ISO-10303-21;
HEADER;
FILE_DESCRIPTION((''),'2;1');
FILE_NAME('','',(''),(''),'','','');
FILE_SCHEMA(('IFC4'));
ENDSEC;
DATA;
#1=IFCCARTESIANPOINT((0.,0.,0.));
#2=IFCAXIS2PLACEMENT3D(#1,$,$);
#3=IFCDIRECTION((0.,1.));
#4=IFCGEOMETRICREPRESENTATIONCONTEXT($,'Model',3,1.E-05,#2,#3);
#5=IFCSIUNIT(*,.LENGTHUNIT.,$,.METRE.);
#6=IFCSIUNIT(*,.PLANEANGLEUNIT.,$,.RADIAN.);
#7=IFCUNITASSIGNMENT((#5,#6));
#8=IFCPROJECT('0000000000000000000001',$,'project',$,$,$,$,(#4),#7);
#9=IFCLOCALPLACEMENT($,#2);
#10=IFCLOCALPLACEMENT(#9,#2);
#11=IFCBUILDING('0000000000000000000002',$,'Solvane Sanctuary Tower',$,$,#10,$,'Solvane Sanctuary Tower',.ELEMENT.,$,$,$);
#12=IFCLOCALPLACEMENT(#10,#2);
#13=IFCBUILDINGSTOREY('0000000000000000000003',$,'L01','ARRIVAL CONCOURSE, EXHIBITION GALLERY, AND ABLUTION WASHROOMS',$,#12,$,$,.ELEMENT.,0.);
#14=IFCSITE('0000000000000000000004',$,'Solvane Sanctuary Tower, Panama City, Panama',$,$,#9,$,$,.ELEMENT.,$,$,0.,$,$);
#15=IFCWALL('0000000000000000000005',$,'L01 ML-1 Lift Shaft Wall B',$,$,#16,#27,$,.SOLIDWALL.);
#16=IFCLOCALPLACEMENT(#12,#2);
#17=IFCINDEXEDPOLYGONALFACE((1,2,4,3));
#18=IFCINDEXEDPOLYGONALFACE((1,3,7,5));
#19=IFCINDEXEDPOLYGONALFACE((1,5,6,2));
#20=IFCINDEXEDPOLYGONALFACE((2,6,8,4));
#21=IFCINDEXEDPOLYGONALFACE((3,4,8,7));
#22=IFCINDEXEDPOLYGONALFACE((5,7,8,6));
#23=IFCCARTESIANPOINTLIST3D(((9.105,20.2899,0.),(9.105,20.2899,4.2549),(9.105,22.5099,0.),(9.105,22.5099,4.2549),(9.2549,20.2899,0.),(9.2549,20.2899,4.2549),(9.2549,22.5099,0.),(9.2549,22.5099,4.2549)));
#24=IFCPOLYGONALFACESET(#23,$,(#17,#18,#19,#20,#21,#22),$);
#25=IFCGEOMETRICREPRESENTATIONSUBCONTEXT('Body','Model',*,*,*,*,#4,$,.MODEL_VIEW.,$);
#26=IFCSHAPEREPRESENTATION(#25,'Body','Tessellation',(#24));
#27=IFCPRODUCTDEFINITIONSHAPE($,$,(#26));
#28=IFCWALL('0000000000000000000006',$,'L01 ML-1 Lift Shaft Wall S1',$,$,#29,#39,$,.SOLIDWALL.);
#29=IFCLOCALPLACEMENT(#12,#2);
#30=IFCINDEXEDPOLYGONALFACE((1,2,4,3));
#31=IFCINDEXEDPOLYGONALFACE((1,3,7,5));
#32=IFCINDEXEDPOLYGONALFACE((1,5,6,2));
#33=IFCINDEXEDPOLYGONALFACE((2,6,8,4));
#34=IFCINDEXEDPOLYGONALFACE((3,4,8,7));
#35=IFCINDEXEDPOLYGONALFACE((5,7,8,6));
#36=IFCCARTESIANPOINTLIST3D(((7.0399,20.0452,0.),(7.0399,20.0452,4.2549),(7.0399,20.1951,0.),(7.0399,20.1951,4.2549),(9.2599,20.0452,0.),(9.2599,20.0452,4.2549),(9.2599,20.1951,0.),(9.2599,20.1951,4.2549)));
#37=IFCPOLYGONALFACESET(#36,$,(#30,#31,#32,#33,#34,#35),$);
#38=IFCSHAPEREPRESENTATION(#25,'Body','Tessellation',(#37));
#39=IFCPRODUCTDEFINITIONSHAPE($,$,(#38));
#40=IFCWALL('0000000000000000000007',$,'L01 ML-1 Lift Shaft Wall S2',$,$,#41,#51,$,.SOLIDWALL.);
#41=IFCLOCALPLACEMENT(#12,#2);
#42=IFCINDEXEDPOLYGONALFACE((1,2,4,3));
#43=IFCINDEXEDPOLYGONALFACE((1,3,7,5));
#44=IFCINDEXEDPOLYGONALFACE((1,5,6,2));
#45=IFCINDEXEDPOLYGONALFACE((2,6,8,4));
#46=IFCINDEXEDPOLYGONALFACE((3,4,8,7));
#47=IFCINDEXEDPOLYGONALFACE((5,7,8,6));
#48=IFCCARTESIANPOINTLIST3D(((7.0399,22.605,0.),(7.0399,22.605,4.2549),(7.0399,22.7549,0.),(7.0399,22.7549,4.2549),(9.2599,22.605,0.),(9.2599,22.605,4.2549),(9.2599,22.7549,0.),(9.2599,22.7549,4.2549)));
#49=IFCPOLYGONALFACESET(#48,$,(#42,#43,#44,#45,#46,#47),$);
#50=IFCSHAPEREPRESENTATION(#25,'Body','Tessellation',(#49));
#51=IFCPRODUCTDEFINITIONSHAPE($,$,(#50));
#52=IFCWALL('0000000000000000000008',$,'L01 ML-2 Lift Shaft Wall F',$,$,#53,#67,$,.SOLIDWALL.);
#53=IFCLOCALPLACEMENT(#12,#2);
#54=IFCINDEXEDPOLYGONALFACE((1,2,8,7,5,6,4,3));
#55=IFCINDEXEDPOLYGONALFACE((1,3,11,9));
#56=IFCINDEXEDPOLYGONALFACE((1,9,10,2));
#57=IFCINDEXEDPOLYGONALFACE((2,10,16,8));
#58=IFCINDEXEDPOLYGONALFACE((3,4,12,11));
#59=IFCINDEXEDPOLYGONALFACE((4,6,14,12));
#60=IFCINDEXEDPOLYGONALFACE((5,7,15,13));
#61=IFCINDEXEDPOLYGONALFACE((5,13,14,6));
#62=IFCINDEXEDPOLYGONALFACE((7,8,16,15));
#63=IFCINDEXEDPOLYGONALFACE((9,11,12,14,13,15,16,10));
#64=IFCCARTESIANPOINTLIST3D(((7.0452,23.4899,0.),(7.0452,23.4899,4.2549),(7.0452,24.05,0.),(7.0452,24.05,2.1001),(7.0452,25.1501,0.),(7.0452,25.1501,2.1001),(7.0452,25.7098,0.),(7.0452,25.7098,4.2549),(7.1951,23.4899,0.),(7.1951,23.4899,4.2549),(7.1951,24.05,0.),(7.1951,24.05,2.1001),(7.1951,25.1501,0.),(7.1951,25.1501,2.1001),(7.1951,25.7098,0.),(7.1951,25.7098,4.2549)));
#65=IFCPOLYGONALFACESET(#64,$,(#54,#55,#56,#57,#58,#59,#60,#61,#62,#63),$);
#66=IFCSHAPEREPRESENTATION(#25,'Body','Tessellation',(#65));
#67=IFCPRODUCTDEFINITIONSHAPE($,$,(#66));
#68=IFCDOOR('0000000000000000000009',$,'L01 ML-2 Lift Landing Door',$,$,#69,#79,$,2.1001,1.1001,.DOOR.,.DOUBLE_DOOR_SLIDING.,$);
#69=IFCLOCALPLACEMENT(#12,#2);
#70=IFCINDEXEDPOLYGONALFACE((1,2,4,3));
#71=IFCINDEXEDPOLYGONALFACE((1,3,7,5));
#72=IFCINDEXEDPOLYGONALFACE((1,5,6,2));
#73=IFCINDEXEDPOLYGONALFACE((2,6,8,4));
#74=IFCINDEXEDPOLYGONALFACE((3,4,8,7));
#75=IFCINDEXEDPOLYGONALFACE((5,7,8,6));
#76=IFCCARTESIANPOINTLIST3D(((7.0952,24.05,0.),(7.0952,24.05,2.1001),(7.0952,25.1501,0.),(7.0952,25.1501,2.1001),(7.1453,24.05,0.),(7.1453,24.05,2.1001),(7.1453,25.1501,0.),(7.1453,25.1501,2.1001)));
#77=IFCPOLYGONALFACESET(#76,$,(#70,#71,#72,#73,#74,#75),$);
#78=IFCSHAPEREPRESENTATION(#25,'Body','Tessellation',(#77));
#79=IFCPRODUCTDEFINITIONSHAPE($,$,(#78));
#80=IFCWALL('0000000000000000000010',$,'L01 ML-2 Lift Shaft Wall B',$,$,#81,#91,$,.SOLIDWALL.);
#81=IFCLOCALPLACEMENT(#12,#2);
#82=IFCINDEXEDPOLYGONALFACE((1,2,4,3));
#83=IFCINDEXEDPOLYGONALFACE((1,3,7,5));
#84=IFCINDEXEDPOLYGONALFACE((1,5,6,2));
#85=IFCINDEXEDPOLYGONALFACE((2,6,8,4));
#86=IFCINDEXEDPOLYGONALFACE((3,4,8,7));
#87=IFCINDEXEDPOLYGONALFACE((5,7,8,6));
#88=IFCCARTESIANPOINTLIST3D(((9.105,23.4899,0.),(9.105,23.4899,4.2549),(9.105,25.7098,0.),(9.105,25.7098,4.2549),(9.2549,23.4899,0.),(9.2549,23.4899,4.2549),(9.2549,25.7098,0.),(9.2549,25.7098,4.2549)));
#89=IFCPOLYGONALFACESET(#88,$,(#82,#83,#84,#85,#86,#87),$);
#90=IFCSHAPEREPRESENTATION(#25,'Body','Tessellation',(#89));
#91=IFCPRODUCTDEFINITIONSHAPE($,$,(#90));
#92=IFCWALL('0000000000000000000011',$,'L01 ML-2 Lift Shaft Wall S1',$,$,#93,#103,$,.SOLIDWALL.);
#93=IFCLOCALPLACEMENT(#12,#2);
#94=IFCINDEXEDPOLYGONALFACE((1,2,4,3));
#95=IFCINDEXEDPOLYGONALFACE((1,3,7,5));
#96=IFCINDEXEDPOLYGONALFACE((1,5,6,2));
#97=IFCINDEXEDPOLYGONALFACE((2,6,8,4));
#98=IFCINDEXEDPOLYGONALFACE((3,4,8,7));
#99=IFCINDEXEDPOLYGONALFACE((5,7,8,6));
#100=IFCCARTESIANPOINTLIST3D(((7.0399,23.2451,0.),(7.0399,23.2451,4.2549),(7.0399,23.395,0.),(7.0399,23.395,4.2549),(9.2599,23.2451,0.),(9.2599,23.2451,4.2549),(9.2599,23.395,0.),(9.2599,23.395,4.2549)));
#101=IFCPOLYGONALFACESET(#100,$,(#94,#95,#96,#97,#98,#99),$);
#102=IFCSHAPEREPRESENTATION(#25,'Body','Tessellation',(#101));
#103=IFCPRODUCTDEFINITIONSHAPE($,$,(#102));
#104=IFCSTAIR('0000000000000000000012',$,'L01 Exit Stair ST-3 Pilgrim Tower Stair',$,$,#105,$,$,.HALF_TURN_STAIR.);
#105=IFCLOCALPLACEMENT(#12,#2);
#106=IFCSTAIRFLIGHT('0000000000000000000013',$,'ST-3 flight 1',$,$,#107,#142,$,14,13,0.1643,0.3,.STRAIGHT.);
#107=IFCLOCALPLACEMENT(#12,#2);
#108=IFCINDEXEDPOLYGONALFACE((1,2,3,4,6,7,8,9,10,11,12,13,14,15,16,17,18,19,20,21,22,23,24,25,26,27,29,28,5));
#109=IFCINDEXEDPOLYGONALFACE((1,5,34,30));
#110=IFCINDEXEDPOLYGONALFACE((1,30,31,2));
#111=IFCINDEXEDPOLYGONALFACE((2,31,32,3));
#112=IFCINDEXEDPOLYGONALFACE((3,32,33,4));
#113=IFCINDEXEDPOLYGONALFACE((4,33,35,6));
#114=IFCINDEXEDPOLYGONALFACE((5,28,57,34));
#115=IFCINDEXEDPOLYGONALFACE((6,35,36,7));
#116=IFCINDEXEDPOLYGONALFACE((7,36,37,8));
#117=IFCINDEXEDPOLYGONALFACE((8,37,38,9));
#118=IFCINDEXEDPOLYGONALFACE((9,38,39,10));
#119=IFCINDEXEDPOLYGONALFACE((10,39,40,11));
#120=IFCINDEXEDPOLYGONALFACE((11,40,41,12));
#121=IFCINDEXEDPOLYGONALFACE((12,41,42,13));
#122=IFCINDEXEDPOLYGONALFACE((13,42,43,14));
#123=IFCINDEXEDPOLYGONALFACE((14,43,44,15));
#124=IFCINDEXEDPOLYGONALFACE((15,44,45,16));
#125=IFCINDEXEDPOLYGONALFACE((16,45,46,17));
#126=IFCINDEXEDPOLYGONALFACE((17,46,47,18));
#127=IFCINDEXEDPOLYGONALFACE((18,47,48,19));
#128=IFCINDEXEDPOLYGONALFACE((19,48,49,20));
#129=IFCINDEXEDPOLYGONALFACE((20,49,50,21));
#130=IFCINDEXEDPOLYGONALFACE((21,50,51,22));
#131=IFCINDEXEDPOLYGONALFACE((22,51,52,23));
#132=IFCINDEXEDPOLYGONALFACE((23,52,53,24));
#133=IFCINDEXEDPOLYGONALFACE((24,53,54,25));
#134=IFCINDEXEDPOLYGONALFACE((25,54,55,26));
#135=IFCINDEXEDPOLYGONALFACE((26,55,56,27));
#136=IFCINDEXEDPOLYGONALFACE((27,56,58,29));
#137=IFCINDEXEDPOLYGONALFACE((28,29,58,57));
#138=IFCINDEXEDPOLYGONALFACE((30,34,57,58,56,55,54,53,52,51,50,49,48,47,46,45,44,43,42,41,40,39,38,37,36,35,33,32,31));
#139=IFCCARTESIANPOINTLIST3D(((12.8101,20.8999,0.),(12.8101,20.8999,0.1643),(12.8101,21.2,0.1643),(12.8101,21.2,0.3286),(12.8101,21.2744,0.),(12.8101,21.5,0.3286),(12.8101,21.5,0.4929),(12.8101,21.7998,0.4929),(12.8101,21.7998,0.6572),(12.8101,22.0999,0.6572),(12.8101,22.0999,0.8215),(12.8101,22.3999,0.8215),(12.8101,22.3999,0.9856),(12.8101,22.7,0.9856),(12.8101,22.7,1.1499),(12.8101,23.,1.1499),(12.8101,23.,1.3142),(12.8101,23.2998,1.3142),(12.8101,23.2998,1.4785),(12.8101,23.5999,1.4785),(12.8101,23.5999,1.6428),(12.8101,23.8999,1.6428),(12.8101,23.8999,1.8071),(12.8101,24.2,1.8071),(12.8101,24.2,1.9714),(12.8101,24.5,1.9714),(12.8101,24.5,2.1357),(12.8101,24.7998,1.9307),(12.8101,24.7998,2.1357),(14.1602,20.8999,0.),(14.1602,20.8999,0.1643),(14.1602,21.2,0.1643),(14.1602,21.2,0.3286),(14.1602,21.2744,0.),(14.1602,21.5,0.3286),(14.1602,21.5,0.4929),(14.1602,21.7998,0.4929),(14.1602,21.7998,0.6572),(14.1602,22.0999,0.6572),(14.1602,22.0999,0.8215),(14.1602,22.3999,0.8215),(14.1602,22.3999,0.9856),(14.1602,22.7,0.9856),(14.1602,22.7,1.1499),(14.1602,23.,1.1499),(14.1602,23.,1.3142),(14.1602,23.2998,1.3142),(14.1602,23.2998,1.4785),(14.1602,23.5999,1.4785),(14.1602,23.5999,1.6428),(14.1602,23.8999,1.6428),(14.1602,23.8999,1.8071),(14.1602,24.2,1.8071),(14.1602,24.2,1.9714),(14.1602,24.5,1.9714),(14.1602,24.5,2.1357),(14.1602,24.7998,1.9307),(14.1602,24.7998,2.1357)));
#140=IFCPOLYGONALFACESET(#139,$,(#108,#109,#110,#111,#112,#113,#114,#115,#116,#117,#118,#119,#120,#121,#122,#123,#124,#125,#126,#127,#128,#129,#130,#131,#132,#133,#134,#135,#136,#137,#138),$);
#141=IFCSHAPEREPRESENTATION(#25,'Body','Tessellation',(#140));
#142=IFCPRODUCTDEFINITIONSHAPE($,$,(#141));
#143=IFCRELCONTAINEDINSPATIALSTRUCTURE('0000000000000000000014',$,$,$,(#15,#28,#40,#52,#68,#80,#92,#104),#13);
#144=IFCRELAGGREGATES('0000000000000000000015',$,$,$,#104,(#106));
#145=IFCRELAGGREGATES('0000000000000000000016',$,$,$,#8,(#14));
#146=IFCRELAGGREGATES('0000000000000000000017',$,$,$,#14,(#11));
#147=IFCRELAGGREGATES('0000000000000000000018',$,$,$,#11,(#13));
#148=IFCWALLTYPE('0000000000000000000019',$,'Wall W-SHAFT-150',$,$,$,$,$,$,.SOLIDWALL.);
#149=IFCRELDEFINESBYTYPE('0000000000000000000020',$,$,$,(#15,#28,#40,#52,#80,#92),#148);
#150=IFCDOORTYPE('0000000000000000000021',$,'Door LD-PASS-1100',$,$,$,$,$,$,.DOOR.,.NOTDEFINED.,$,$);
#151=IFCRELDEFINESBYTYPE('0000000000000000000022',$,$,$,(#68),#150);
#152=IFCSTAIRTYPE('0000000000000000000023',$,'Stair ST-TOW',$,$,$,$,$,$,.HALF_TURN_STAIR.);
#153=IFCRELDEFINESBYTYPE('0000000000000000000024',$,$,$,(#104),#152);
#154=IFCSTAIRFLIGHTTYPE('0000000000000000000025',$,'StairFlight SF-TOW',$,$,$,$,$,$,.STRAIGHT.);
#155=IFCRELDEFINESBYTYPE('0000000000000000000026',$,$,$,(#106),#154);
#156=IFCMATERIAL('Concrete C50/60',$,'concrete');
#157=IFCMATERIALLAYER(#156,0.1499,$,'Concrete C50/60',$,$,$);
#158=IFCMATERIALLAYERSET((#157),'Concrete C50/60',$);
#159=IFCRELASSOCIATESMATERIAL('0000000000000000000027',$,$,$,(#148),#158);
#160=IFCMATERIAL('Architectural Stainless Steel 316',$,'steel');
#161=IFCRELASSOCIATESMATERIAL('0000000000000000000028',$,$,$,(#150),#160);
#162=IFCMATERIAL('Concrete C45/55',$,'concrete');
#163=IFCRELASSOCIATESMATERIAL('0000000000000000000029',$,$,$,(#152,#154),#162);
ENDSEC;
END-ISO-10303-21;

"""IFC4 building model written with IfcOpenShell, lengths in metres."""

from ifc_helpers import new_model, si_unit, direction, frame, frame_2d, origin, place, context, subcontext, project, spatial, polyline, rectangle, outline, extrude, material, layer, layer_set, type_object, element, fill, aggregate, save


model = new_model("IFC4")

# Units and contexts
model_context = context("Model", 3, precision=1e-05, world=origin(), true_north=direction((0.0, 1.0)))
body_context = subcontext(model_context, "Body", "Model", "MODEL_VIEW")
ifc_project = project(units=[si_unit("LENGTHUNIT", "METRE"), si_unit("PLANEANGLEUNIT", "RADIAN")], contexts=[model_context])

# Site, building, storey
site_placement = place(None, origin())
site = spatial("IfcSite", under=ifc_project, at=site_placement, Name="Solvane Sanctuary Tower, Panama City, Panama", CompositionType="ELEMENT", RefElevation=0.0)
building_placement = place(site_placement, origin())
building = spatial("IfcBuilding", under=site, at=building_placement, Name="Solvane Sanctuary Tower", LongName="Solvane Sanctuary Tower", CompositionType="ELEMENT")
storey_placement = place(building_placement, origin())
storey = spatial("IfcBuildingStorey", under=building, at=storey_placement, Name="L01", Description="ARRIVAL CONCOURSE, EXHIBITION GALLERY, AND ABLUTION WASHROOMS", CompositionType="ELEMENT", Elevation=0.0)

# Shared definitions
ifc_material_1 = material(Name="Concrete C50/60", Category="concrete")

# Shared definitions
ifc_layer_1 = layer(ifc_material_1, 0.1499, Name="Concrete C50/60")
ifc_layer_set_1 = layer_set([ifc_layer_1], Name="Concrete C50/60")
wall_type = type_object("IfcWallType", Name="Wall W-SHAFT-150", PredefinedType="SOLIDWALL", material=ifc_layer_set_1)
ifc_material_2 = material(Name="Architectural Stainless Steel 316", Category="steel")
door_type = type_object("IfcDoorType", Name="Door LD-PASS-1100", OperationType="NOTDEFINED", PredefinedType="DOOR", material=ifc_material_2)

# Walls
for number, where, z_axis, x_axis, name in (
    (1, (9.1799, 20.29, 0.0), (0.0, 0.0, 1.0), (0.0, 1.0, 0.0), "L01 ML-1 Lift Shaft Wall B"),
    (2, (7.04, 20.1201, 0.0), (0.0, 0.0, 1.0), (1.0, 0.0, 0.0), "L01 ML-1 Lift Shaft Wall S1"),
    (3, (7.04, 22.6799, 0.0), (0.0, 0.0, 1.0), (1.0, 0.0, 0.0), "L01 ML-1 Lift Shaft Wall S2"),
):
    element("IfcWall", number, at=place(storey_placement, frame(where, z_axis=z_axis, x_axis=x_axis)), inside=storey, type_object=wall_type, Name=name, PredefinedType="SOLIDWALL", context=body_context, shape_type="SweptSolid", body=[
        extrude(rectangle(XDim=2.22, YDim=0.1499, at=frame_2d((1.1099, 0.0))), origin(), (0.0, 0.0, 1.0), 4.2549),
    ])

# Wall, opening, door
wall_1_placement = place(storey_placement, frame((7.1201, 23.49, 0.0), z_axis=(0.0, 0.0, 1.0), x_axis=(0.0, 1.0, 0.0)))
wall_1 = element("IfcWall", 4, at=wall_1_placement, inside=storey, type_object=wall_type, Name="L01 ML-2 Lift Shaft Wall F", PredefinedType="SOLIDWALL", context=body_context, shape_type="SweptSolid", body=[
    extrude(rectangle(XDim=2.22, YDim=0.1499, at=frame_2d((1.1099, 0.0))), origin(), (0.0, 0.0, 1.0), 4.2549),
])
opening_1_placement = place(wall_1_placement, frame((0.5601, 0.0, 0.0)))
opening_1 = element("IfcOpeningElement", 5, at=opening_1_placement, cuts=wall_1, PredefinedType="OPENING", context=body_context, shape_type="SweptSolid", body=[
    extrude(rectangle(XDim=1.1001, YDim=2.1001, at=frame_2d((0.55, 1.05))), frame((0.0, 0.085, 0.0), z_axis=(0.0, -1.0, 0.0), x_axis=(1.0, 0.0, 0.0)), (0.0, 0.0, 1.0), 0.1699),
])
door_1_placement = place(opening_1_placement, origin())
door_1 = element("IfcDoor", 6, at=door_1_placement, inside=storey, type_object=door_type, Name="L01 ML-2 Lift Landing Door", OperationType="DOUBLE_DOOR_SLIDING", OverallHeight=2.1001, OverallWidth=1.1001, PredefinedType="DOOR", context=body_context, shape_type="SweptSolid", body=[
    extrude(rectangle(XDim=1.1001, YDim=2.1001, at=frame_2d((0.55, 1.05))), frame((0.0, 0.0249, 0.0), z_axis=(0.0, -1.0, 0.0), x_axis=(1.0, 0.0, 0.0)), (0.0, 0.0, 1.0), 0.05),
])
fill(opening_1, door_1)

# Walls
for number, where, z_axis, x_axis, name in (
    (7, (9.1799, 23.49, 0.0), (0.0, 0.0, 1.0), (0.0, 1.0, 0.0), "L01 ML-2 Lift Shaft Wall B"),
    (8, (7.04, 23.3201, 0.0), (0.0, 0.0, 1.0), (1.0, 0.0, 0.0), "L01 ML-2 Lift Shaft Wall S1"),
):
    element("IfcWall", number, at=place(storey_placement, frame(where, z_axis=z_axis, x_axis=x_axis)), inside=storey, type_object=wall_type, Name=name, PredefinedType="SOLIDWALL", context=body_context, shape_type="SweptSolid", body=[
        extrude(rectangle(XDim=2.22, YDim=0.1499, at=frame_2d((1.1099, 0.0))), origin(), (0.0, 0.0, 1.0), 4.2549),
    ])

# Stair, stair flight
ifc_material_3 = material(Name="Concrete C45/55", Category="concrete")
stair_type = type_object("IfcStairType", Name="Stair ST-TOW", PredefinedType="HALF_TURN_STAIR", material=ifc_material_3)
stair_placement = place(storey_placement, origin())
stair = element("IfcStair", 9, at=stair_placement, inside=storey, type_object=stair_type, Name="L01 Exit Stair ST-3 Pilgrim Tower Stair", PredefinedType="HALF_TURN_STAIR")
stair_flight_type = type_object("IfcStairFlightType", Name="StairFlight SF-TOW", PredefinedType="STRAIGHT", material=ifc_material_3)
stair_flight_placement = place(storey_placement, frame((13.4851, 20.8999, 0.0), z_axis=(0.0, 0.0, 1.0), x_axis=(0.0, 1.0, 0.0)))
stair_flight = element("IfcStairFlight", 10, at=stair_flight_placement, type_object=stair_flight_type, Name="ST-3 flight 1", NumberOfRisers=14, NumberOfTreads=13, PredefinedType="STRAIGHT", RiserHeight=0.1643, TreadLength=0.3, context=body_context, shape_type="SweptSolid", body=[
    extrude(outline(polyline([(0.0, 0.0), (0.0, 0.1643), (0.3, 0.1643), (0.3, 0.3286), (0.6001, 0.3286), (0.6001, 0.4929), (0.8999, 0.4929), (0.8999, 0.6572), (1.2, 0.6572), (1.2, 0.8215), (1.5, 0.8215), (1.5, 0.9856), (1.8, 0.9856), (1.8, 1.1499), (2.1001, 1.1499), (2.1001, 1.3142), (2.3999, 1.3142), (2.3999, 1.4785), (2.7, 1.4785), (2.7, 1.6428), (3.0, 1.6428), (3.0, 1.8071), (3.3, 1.8071), (3.3, 1.9714), (3.6001, 1.9714), (3.6001, 2.1357), (3.8999, 2.1357), (3.8999, 2.3), (3.8999, 1.9307), (0.3745, 0.0), (0.0, 0.0)])), frame((0.0, 0.675, 0.0), z_axis=(0.0, -1.0, 0.0), x_axis=(1.0, 0.0, 0.0)), (0.0, 0.0, 1.0), 1.3501),
])
aggregate(stair, [stair_flight])

save(model, "model.ifc")
